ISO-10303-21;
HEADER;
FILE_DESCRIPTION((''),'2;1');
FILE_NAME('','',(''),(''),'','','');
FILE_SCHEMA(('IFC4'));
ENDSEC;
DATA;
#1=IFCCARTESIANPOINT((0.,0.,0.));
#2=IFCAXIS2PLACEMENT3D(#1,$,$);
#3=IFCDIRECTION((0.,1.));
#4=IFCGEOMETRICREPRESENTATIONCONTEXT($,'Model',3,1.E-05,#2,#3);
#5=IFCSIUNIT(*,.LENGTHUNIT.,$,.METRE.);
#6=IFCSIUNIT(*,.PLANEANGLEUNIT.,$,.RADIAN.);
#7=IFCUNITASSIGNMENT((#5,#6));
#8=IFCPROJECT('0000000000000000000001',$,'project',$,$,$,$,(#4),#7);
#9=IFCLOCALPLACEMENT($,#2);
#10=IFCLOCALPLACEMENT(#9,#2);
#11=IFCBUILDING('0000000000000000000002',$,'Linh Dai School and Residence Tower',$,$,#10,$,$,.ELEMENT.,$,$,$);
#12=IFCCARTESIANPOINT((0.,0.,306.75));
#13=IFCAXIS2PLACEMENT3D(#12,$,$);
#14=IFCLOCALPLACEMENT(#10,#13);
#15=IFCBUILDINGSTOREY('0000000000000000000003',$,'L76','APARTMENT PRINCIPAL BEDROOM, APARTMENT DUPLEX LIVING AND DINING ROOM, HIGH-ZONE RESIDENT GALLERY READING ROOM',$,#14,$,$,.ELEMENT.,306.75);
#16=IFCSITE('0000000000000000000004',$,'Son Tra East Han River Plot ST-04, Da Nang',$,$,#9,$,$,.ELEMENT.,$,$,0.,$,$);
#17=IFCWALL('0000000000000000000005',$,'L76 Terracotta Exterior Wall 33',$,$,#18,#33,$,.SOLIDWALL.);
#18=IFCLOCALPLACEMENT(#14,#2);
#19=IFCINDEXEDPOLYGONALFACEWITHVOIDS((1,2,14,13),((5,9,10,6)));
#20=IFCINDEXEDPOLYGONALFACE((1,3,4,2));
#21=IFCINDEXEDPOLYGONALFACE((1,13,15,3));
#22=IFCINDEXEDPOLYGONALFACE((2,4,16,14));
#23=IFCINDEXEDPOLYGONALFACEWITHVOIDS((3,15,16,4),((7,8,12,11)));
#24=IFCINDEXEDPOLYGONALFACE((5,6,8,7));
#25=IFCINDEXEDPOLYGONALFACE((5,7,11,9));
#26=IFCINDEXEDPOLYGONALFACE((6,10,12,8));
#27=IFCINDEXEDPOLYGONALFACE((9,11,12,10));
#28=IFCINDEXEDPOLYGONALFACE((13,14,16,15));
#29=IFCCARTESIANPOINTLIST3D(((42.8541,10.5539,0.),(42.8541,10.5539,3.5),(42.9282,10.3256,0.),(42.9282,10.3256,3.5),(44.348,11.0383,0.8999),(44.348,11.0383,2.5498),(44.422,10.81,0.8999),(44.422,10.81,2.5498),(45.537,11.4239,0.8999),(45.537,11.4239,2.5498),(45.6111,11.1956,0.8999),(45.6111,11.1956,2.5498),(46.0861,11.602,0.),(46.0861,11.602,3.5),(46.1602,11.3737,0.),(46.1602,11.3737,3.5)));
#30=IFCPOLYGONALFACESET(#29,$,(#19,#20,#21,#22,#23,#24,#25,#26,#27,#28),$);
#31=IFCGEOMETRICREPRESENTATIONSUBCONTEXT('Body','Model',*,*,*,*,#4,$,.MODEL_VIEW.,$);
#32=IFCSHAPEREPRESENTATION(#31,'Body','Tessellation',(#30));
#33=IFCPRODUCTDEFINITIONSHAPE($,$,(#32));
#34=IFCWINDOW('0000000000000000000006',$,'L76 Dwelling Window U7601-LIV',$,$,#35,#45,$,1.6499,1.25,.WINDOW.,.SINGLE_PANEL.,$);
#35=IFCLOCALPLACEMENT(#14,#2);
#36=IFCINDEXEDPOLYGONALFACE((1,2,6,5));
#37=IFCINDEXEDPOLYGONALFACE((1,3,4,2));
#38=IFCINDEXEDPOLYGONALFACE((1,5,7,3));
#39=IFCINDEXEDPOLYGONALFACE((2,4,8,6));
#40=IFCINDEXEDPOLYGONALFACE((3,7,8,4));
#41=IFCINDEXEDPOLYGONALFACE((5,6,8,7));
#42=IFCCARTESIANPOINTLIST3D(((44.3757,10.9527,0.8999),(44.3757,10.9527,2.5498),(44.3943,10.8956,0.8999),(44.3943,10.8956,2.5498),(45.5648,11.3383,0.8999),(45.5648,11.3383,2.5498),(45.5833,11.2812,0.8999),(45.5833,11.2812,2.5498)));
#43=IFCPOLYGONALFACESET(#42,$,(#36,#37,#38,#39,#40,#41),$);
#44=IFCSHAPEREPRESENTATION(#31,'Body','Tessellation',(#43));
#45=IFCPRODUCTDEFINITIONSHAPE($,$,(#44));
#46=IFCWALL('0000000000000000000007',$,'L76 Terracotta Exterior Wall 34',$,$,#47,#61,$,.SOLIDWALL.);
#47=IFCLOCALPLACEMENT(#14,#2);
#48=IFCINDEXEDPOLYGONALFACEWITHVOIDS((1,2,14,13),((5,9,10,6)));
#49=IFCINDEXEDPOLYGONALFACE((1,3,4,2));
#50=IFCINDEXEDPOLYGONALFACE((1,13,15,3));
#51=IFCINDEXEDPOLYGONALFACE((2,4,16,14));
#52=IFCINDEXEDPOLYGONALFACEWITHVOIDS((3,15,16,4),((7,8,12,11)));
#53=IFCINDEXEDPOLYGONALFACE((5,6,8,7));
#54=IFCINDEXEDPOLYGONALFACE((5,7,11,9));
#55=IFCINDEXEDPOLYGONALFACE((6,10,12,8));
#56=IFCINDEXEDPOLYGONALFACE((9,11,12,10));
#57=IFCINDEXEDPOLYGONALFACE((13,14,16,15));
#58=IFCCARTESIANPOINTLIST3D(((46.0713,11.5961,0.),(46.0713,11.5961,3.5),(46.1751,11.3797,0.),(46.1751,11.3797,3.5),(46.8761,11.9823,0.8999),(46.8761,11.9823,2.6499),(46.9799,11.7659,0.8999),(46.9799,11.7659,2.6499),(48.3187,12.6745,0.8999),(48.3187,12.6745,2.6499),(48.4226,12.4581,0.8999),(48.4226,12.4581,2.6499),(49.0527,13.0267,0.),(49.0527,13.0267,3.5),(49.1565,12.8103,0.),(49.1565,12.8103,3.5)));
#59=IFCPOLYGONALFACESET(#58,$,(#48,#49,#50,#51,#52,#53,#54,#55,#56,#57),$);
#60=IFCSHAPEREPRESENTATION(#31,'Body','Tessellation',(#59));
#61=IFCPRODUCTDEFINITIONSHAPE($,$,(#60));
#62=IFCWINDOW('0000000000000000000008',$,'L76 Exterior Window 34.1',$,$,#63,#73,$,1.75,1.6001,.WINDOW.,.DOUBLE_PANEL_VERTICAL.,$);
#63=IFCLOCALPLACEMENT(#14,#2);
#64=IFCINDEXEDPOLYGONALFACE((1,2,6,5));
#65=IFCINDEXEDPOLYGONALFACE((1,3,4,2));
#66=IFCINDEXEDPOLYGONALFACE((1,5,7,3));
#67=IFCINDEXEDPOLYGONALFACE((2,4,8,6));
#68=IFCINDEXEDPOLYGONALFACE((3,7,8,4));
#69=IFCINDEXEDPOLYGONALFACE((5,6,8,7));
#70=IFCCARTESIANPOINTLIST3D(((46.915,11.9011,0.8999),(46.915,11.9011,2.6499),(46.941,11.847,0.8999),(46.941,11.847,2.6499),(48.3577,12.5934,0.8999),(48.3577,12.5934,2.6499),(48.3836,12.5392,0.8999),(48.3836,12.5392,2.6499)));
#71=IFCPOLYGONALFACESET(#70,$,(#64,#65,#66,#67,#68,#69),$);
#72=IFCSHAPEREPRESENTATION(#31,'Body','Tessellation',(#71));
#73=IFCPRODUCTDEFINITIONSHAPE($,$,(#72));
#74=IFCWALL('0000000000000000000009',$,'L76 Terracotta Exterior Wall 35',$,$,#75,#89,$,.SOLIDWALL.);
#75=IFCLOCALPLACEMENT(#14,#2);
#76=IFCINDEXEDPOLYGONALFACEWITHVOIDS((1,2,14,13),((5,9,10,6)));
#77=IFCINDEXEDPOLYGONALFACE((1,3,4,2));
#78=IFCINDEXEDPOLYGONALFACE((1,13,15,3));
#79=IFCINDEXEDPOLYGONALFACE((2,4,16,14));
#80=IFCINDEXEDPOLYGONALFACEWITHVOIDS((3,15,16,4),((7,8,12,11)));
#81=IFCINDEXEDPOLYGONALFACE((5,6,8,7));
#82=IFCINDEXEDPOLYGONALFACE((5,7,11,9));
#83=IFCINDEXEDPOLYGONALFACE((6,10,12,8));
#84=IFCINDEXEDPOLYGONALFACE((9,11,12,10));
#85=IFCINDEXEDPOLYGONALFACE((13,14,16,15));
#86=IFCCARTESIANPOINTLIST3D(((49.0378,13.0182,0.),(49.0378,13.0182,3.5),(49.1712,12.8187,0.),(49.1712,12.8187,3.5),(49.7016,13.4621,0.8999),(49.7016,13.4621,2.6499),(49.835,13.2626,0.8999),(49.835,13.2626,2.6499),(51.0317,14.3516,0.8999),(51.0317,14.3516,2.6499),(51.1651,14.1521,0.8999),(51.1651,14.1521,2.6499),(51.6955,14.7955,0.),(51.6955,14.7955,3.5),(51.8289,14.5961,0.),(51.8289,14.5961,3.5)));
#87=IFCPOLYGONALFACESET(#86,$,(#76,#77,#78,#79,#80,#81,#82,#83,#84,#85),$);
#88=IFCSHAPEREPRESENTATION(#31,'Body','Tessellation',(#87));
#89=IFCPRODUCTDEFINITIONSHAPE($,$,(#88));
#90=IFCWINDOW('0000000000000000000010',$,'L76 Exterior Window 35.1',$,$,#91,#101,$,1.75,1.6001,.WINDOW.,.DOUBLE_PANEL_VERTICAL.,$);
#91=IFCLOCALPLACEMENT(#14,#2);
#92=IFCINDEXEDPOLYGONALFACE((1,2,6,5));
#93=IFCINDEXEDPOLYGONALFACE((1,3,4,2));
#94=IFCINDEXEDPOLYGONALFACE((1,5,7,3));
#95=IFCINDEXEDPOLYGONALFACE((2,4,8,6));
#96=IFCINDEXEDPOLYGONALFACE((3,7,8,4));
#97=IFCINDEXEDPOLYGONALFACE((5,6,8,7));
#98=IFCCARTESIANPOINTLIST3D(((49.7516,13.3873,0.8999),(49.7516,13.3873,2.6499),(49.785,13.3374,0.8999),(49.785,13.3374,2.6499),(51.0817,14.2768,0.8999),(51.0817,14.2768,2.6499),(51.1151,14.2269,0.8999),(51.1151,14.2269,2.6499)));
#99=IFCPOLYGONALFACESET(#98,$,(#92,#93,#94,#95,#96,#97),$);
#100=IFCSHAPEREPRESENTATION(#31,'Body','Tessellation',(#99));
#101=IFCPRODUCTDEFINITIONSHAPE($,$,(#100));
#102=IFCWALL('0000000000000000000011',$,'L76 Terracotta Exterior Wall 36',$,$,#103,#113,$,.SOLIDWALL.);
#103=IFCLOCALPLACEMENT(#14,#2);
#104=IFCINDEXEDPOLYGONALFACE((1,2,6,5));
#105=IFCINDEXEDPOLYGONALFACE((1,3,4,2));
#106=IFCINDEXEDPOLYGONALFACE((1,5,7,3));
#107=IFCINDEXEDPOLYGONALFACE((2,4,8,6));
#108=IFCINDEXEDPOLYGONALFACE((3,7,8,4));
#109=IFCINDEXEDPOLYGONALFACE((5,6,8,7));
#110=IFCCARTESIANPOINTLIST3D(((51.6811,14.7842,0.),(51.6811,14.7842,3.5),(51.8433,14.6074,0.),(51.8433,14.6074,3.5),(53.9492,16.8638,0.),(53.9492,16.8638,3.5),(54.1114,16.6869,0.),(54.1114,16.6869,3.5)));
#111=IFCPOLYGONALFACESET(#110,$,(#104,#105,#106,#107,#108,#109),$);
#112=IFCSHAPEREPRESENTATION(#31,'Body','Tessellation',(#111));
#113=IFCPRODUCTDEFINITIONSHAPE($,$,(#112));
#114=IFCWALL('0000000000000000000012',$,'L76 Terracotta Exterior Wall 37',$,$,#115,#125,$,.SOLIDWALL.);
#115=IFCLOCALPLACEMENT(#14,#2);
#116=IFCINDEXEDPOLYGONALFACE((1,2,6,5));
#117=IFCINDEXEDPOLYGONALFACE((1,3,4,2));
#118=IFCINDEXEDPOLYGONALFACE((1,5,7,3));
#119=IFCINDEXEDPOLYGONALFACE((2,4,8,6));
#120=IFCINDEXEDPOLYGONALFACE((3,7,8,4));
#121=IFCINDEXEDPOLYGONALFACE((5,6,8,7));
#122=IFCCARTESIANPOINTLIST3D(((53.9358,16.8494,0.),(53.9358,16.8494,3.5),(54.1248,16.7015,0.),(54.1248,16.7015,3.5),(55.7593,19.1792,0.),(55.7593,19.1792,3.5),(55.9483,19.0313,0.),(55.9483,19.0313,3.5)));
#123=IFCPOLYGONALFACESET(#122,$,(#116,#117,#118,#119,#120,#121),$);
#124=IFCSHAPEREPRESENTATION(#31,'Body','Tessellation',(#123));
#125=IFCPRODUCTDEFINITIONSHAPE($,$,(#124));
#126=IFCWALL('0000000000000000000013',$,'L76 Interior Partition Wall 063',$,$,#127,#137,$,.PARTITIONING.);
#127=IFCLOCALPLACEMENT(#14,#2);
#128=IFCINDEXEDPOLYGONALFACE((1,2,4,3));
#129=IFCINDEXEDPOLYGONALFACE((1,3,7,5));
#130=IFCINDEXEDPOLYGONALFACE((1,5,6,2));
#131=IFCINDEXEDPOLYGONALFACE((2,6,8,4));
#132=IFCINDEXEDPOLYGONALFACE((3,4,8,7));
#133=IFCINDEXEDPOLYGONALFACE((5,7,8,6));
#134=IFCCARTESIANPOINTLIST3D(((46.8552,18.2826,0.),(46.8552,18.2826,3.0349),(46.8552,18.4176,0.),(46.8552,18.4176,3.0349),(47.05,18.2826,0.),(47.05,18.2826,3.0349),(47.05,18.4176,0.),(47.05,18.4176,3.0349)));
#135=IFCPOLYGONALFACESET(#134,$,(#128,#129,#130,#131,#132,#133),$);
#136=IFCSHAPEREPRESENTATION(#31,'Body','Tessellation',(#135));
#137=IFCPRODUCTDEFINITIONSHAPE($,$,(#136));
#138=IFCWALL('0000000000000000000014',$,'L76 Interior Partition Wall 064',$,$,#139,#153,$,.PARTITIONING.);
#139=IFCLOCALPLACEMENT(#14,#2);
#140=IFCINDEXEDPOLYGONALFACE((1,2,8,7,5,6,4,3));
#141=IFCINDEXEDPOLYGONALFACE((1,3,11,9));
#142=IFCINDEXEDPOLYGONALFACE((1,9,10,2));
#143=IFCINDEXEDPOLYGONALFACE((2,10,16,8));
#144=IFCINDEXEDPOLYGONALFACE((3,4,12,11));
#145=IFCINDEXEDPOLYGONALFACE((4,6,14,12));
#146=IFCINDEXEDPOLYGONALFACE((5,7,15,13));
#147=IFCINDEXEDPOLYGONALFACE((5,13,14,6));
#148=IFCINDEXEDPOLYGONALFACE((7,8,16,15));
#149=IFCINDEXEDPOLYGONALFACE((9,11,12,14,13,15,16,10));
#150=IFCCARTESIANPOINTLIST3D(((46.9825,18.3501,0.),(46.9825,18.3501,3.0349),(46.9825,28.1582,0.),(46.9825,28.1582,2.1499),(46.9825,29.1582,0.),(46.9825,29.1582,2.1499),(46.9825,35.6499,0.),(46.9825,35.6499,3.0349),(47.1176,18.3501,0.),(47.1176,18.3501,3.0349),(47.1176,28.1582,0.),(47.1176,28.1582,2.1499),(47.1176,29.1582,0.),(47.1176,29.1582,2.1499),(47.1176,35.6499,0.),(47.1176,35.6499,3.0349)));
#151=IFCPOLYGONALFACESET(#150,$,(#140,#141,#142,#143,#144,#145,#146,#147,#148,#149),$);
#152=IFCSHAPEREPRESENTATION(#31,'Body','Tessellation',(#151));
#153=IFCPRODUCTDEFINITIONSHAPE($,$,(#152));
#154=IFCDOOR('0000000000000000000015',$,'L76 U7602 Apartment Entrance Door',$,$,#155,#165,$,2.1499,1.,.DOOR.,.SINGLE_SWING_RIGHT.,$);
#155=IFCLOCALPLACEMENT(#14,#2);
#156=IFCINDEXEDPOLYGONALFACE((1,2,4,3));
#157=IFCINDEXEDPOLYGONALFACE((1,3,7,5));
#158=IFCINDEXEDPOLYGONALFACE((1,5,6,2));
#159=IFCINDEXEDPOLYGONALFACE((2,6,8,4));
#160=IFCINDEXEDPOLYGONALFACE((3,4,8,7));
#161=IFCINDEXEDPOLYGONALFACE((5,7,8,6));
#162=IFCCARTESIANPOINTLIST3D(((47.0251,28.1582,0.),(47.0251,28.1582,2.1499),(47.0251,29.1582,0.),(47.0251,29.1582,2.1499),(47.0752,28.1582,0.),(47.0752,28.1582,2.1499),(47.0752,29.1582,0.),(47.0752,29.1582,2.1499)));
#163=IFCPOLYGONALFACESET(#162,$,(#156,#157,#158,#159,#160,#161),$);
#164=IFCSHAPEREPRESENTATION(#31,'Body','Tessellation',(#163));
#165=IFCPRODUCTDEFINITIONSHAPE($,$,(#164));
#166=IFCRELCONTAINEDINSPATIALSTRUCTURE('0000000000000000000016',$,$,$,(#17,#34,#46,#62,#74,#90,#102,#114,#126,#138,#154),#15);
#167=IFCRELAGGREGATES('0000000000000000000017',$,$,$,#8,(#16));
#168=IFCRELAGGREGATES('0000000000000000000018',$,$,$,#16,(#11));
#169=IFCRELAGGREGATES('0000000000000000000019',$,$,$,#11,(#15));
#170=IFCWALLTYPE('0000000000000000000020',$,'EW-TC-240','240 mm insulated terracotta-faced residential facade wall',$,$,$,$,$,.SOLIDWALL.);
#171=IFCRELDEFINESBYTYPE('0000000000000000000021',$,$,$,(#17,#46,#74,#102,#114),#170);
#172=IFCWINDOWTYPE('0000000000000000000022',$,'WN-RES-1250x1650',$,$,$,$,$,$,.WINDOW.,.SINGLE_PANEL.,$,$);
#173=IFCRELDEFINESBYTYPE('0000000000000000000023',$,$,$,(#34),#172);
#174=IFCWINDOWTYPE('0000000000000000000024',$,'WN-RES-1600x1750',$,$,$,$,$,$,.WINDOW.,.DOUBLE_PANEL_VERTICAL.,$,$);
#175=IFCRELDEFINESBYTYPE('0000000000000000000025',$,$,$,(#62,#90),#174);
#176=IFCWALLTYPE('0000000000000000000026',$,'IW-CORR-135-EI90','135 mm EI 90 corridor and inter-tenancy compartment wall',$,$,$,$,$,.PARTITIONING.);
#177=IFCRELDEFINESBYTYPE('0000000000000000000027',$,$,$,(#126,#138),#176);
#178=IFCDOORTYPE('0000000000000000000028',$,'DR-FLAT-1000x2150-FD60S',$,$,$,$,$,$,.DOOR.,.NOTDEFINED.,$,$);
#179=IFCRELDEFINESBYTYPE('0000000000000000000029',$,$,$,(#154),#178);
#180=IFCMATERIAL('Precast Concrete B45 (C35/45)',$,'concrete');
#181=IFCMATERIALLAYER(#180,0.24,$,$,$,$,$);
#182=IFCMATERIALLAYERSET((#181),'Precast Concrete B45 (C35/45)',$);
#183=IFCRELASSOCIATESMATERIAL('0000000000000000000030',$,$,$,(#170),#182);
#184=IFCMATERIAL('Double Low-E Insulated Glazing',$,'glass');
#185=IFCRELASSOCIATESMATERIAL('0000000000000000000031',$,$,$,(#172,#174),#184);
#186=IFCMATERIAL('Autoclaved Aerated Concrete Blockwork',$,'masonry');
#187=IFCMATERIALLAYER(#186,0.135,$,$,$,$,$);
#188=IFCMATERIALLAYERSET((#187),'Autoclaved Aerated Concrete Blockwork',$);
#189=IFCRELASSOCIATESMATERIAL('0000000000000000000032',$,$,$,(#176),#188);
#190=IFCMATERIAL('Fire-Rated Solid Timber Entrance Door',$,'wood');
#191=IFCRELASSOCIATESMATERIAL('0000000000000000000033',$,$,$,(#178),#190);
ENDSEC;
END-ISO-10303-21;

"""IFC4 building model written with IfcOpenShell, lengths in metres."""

from ifc_helpers import new_model, si_unit, direction, frame, frame_2d, origin, origin_2d, place, context, subcontext, project, spatial, rectangle, extrude, source, transform, mapped, material, layer, layer_set, type_object, element, fill, save


model = new_model("IFC4")

# Units and contexts
model_context = context("Model", 3, precision=1e-05, world=origin(), true_north=direction((0.0, 1.0)))
body_context = subcontext(model_context, "Body", "Model", "MODEL_VIEW")
ifc_project = project(units=[si_unit("LENGTHUNIT", "METRE"), si_unit("PLANEANGLEUNIT", "RADIAN")], contexts=[model_context])

# Site, building, storey
site_placement = place(None, origin())
site = spatial("IfcSite", under=ifc_project, at=site_placement, Name="Son Tra East Han River Plot ST-04, Da Nang", CompositionType="ELEMENT", RefElevation=0.0)
building_placement = place(site_placement, origin())
building = spatial("IfcBuilding", under=site, at=building_placement, Name="Linh Dai School and Residence Tower", CompositionType="ELEMENT")
storey_placement = place(building_placement, frame((0.0, 0.0, 306.75)))
storey = spatial("IfcBuildingStorey", under=building, at=storey_placement, Name="L76", Description="APARTMENT PRINCIPAL BEDROOM, APARTMENT DUPLEX LIVING AND DINING ROOM, HIGH-ZONE RESIDENT GALLERY READING ROOM", CompositionType="ELEMENT", Elevation=306.75)

# Shared definitions
ifc_material_1 = material(Name="Precast Concrete B45 (C35/45)", Category="concrete")

# Walls, openings, windows
ifc_layer_1 = layer(ifc_material_1, 0.24)
ifc_layer_set_1 = layer_set([ifc_layer_1], Name="Precast Concrete B45 (C35/45)")
wall_type_1 = type_object("IfcWallType", Name="EW-TC-240", Description="240 mm insulated terracotta-faced residential facade wall", PredefinedType="SOLIDWALL", material=ifc_layer_set_1)
wall_1_placement = place(storey_placement, frame((46.123, 11.4878, 0.0), z_axis=(0.0, 0.0, 1.0), x_axis=(-0.951231, -0.308478, 0.0)))
wall_1 = element("IfcWall", 1, at=wall_1_placement, inside=storey, type_object=wall_type_1, Name="L76 Terracotta Exterior Wall 33", PredefinedType="SOLIDWALL", context=body_context, shape_type="SweptSolid", body=[
    extrude(rectangle(XDim=3.3977, YDim=0.24, at=frame_2d((1.6987, 0.0))), origin(), (0.0, 0.0, 1.0), 3.5),
])
opening_1_placement = place(wall_1_placement, frame((0.5771, 0.0, 0.8999)))
opening_1 = element("IfcOpeningElement", 2, at=opening_1_placement, cuts=wall_1, PredefinedType="OPENING", context=body_context, shape_type="SweptSolid", body=[
    extrude(rectangle(XDim=1.25, YDim=1.6499, at=origin_2d()), frame((0.625, 0.1299, 0.825), z_axis=(0.0, -1.0, 0.0), x_axis=(1.0, 0.0, 0.0)), (0.0, 0.0, 1.0), 0.26),
])
ifc_material_2 = material(Name="Double Low-E Insulated Glazing", Category="glass")
window_type_1 = type_object("IfcWindowType", Name="WN-RES-1250x1650", PartitioningType="SINGLE_PANEL", PredefinedType="WINDOW", material=ifc_material_2)
shared_shape_1 = source(origin(), body_context, "Body", "SweptSolid", [
    extrude(rectangle(XDim=1.25, YDim=1.6499, at=origin_2d()), frame((0.625, 0.03, 0.825), z_axis=(0.0, -1.0, 0.0), x_axis=(1.0, 0.0, 0.0)), (0.0, 0.0, 1.0), 0.0601),
])
window_1_placement = place(opening_1_placement, origin())
window_1 = element("IfcWindow", 3, at=window_1_placement, inside=storey, type_object=window_type_1, Name="L76 Dwelling Window U7601-LIV", OverallHeight=1.6499, OverallWidth=1.25, PartitioningType="SINGLE_PANEL", PredefinedType="WINDOW", context=body_context, shape_type="MappedRepresentation", body=[
    mapped(shared_shape_1, transform((0.0, 0.0, 0.0), x_axis=(1.0, 0.0, 0.0), y_axis=(0.0, 1.0, 0.0), z_axis=(0.0, 0.0, 1.0), scale=1.0)),
])
fill(opening_1, window_1)
wall_2_placement = place(storey_placement, frame((49.1045, 12.9185, 0.0), z_axis=(0.0, 0.0, 1.0), x_axis=(-0.901574, -0.432625, 0.0)))
wall_2 = element("IfcWall", 4, at=wall_2_placement, inside=storey, type_object=wall_type_1, Name="L76 Terracotta Exterior Wall 34", PredefinedType="SOLIDWALL", context=body_context, shape_type="SweptSolid", body=[
    extrude(rectangle(XDim=3.3069, YDim=0.24, at=frame_2d((1.6533, 0.0))), origin(), (0.0, 0.0, 1.0), 3.5),
])
opening_2_placement = place(wall_2_placement, frame((0.814, 0.0, 0.8999)))
opening_2 = element("IfcOpeningElement", 5, at=opening_2_placement, cuts=wall_2, PredefinedType="OPENING", context=body_context, shape_type="SweptSolid", body=[
    extrude(rectangle(XDim=1.6001, YDim=1.75, at=origin_2d()), frame((0.8, 0.1299, 0.875), z_axis=(0.0, -1.0, 0.0), x_axis=(1.0, 0.0, 0.0)), (0.0, 0.0, 1.0), 0.26),
])
window_type_2 = type_object("IfcWindowType", Name="WN-RES-1600x1750", PartitioningType="DOUBLE_PANEL_VERTICAL", PredefinedType="WINDOW", material=ifc_material_2)
shared_shape_2 = source(origin(), body_context, "Body", "SweptSolid", [
    extrude(rectangle(XDim=1.6001, YDim=1.75, at=origin_2d()), frame((0.8, 0.03, 0.875), z_axis=(0.0, -1.0, 0.0), x_axis=(1.0, 0.0, 0.0)), (0.0, 0.0, 1.0), 0.0601),
])
window_2_placement = place(opening_2_placement, origin())
window_2 = element("IfcWindow", 6, at=window_2_placement, inside=storey, type_object=window_type_2, Name="L76 Exterior Window 34.1", OverallHeight=1.75, OverallWidth=1.6001, PartitioningType="DOUBLE_PANEL_VERTICAL", PredefinedType="WINDOW", context=body_context, shape_type="MappedRepresentation", body=[
    mapped(shared_shape_2, transform((0.0, 0.0, 0.0), x_axis=(1.0, 0.0, 0.0), y_axis=(0.0, 1.0, 0.0), z_axis=(0.0, 0.0, 1.0), scale=1.0)),
])
fill(opening_2, window_2)
wall_3_placement = place(storey_placement, frame((51.7622, 14.6958, 0.0), z_axis=(0.0, 0.0, 1.0), x_axis=(-0.831251, -0.555898, 0.0)))
wall_3 = element("IfcWall", 7, at=wall_3_placement, inside=storey, type_object=wall_type_1, Name="L76 Terracotta Exterior Wall 35", PredefinedType="SOLIDWALL", context=body_context, shape_type="SweptSolid", body=[
    extrude(rectangle(XDim=3.1973, YDim=0.24, at=frame_2d((1.5986, 0.0))), origin(), (0.0, 0.0, 1.0), 3.5),
])
opening_3_placement = place(wall_3_placement, frame((0.7986, 0.0, 0.8999)))
opening_3 = element("IfcOpeningElement", 8, at=opening_3_placement, cuts=wall_3, PredefinedType="OPENING", context=body_context, shape_type="SweptSolid", body=[
    extrude(rectangle(XDim=1.6001, YDim=1.75, at=origin_2d()), frame((0.8, 0.1299, 0.875), z_axis=(0.0, -1.0, 0.0), x_axis=(1.0, 0.0, 0.0)), (0.0, 0.0, 1.0), 0.26),
])
window_3_placement = place(opening_3_placement, origin())
window_3 = element("IfcWindow", 9, at=window_3_placement, inside=storey, type_object=window_type_2, Name="L76 Exterior Window 35.1", OverallHeight=1.75, OverallWidth=1.6001, PartitioningType="DOUBLE_PANEL_VERTICAL", PredefinedType="WINDOW", context=body_context, shape_type="MappedRepresentation", body=[
    mapped(shared_shape_2, transform((0.0, 0.0, 0.0), x_axis=(1.0, 0.0, 0.0), y_axis=(0.0, 1.0, 0.0), z_axis=(0.0, 0.0, 1.0), scale=1.0)),
])
fill(opening_3, window_3)

# Walls
wall_4_placement = place(storey_placement, frame((54.0303, 16.7754, 0.0), z_axis=(0.0, 0.0, 1.0), x_axis=(-0.737069, -0.675818, 0.0)))
element("IfcWall", 10, at=wall_4_placement, inside=storey, type_object=wall_type_1, Name="L76 Terracotta Exterior Wall 36", PredefinedType="SOLIDWALL", context=body_context, shape_type="SweptSolid", body=[
    extrude(rectangle(XDim=3.0771, YDim=0.24, at=frame_2d((1.5386, 0.0))), origin(), (0.0, 0.0, 1.0), 3.5),
])
wall_5_placement = place(storey_placement, frame((55.8538, 19.1052, 0.0), z_axis=(0.0, 0.0, 1.0), x_axis=(-0.616337, -0.787482, 0.0)))
element("IfcWall", 11, at=wall_5_placement, inside=storey, type_object=wall_type_1, Name="L76 Terracotta Exterior Wall 37", PredefinedType="SOLIDWALL", context=body_context, shape_type="SweptSolid", body=[
    extrude(rectangle(XDim=2.9585, YDim=0.24, at=frame_2d((1.4792, 0.0))), origin(), (0.0, 0.0, 1.0), 3.5),
])
ifc_material_3 = material(Name="Autoclaved Aerated Concrete Blockwork", Category="masonry")
ifc_layer_2 = layer(ifc_material_3, 0.135)
ifc_layer_set_2 = layer_set([ifc_layer_2], Name="Autoclaved Aerated Concrete Blockwork")
wall_type_2 = type_object("IfcWallType", Name="IW-CORR-135-EI90", Description="135 mm EI 90 corridor and inter-tenancy compartment wall", PredefinedType="PARTITIONING", material=ifc_layer_set_2)
wall_6_placement = place(storey_placement, frame((46.8552, 18.3501, 0.0), z_axis=(0.0, 0.0, 1.0), x_axis=(1.0, 0.0, 0.0)))
element("IfcWall", 12, at=wall_6_placement, inside=storey, type_object=wall_type_2, Name="L76 Interior Partition Wall 063", PredefinedType="PARTITIONING", context=body_context, shape_type="SweptSolid", body=[
    extrude(rectangle(XDim=0.1948, YDim=0.135, at=frame_2d((0.0974, 0.0))), origin(), (0.0, 0.0, 1.0), 3.0349),
])

# Wall, opening, door
wall_7_placement = place(storey_placement, frame((47.05, 18.3501, 0.0), z_axis=(0.0, 0.0, 1.0), x_axis=(0.0, 1.0, 0.0)))
wall_7 = element("IfcWall", 13, at=wall_7_placement, inside=storey, type_object=wall_type_2, Name="L76 Interior Partition Wall 064", PredefinedType="PARTITIONING", context=body_context, shape_type="SweptSolid", body=[
    extrude(rectangle(XDim=17.2998, YDim=0.135, at=frame_2d((8.6499, 0.0))), origin(), (0.0, 0.0, 1.0), 3.0349),
])
opening_4_placement = place(wall_7_placement, frame((9.8081, 0.0, 0.0)))
opening_4 = element("IfcOpeningElement", 14, at=opening_4_placement, cuts=wall_7, PredefinedType="OPENING", context=body_context, shape_type="SweptSolid", body=[
    extrude(rectangle(XDim=1.0, YDim=2.1499, at=origin_2d()), frame((0.5, 0.0776, 1.075), z_axis=(0.0, -1.0, 0.0), x_axis=(1.0, 0.0, 0.0)), (0.0, 0.0, 1.0), 0.155),
])
ifc_material_4 = material(Name="Fire-Rated Solid Timber Entrance Door", Category="wood")
door_type = type_object("IfcDoorType", Name="DR-FLAT-1000x2150-FD60S", OperationType="NOTDEFINED", PredefinedType="DOOR", material=ifc_material_4)
shared_shape_3 = source(origin(), body_context, "Body", "SweptSolid", [
    extrude(rectangle(XDim=1.0, YDim=2.1499, at=origin_2d()), frame((0.5, 0.0249, 1.075), z_axis=(0.0, -1.0, 0.0), x_axis=(1.0, 0.0, 0.0)), (0.0, 0.0, 1.0), 0.05),
])
door_placement = place(opening_4_placement, origin())
door = element("IfcDoor", 15, at=door_placement, inside=storey, type_object=door_type, Name="L76 U7602 Apartment Entrance Door", OperationType="SINGLE_SWING_RIGHT", OverallHeight=2.1499, OverallWidth=1.0, PredefinedType="DOOR", context=body_context, shape_type="MappedRepresentation", body=[
    mapped(shared_shape_3, transform((0.0, 0.0, 0.0), x_axis=(1.0, 0.0, 0.0), y_axis=(0.0, 1.0, 0.0), z_axis=(0.0, 0.0, 1.0), scale=1.0)),
])
fill(opening_4, door)

save(model, "model.ifc")
